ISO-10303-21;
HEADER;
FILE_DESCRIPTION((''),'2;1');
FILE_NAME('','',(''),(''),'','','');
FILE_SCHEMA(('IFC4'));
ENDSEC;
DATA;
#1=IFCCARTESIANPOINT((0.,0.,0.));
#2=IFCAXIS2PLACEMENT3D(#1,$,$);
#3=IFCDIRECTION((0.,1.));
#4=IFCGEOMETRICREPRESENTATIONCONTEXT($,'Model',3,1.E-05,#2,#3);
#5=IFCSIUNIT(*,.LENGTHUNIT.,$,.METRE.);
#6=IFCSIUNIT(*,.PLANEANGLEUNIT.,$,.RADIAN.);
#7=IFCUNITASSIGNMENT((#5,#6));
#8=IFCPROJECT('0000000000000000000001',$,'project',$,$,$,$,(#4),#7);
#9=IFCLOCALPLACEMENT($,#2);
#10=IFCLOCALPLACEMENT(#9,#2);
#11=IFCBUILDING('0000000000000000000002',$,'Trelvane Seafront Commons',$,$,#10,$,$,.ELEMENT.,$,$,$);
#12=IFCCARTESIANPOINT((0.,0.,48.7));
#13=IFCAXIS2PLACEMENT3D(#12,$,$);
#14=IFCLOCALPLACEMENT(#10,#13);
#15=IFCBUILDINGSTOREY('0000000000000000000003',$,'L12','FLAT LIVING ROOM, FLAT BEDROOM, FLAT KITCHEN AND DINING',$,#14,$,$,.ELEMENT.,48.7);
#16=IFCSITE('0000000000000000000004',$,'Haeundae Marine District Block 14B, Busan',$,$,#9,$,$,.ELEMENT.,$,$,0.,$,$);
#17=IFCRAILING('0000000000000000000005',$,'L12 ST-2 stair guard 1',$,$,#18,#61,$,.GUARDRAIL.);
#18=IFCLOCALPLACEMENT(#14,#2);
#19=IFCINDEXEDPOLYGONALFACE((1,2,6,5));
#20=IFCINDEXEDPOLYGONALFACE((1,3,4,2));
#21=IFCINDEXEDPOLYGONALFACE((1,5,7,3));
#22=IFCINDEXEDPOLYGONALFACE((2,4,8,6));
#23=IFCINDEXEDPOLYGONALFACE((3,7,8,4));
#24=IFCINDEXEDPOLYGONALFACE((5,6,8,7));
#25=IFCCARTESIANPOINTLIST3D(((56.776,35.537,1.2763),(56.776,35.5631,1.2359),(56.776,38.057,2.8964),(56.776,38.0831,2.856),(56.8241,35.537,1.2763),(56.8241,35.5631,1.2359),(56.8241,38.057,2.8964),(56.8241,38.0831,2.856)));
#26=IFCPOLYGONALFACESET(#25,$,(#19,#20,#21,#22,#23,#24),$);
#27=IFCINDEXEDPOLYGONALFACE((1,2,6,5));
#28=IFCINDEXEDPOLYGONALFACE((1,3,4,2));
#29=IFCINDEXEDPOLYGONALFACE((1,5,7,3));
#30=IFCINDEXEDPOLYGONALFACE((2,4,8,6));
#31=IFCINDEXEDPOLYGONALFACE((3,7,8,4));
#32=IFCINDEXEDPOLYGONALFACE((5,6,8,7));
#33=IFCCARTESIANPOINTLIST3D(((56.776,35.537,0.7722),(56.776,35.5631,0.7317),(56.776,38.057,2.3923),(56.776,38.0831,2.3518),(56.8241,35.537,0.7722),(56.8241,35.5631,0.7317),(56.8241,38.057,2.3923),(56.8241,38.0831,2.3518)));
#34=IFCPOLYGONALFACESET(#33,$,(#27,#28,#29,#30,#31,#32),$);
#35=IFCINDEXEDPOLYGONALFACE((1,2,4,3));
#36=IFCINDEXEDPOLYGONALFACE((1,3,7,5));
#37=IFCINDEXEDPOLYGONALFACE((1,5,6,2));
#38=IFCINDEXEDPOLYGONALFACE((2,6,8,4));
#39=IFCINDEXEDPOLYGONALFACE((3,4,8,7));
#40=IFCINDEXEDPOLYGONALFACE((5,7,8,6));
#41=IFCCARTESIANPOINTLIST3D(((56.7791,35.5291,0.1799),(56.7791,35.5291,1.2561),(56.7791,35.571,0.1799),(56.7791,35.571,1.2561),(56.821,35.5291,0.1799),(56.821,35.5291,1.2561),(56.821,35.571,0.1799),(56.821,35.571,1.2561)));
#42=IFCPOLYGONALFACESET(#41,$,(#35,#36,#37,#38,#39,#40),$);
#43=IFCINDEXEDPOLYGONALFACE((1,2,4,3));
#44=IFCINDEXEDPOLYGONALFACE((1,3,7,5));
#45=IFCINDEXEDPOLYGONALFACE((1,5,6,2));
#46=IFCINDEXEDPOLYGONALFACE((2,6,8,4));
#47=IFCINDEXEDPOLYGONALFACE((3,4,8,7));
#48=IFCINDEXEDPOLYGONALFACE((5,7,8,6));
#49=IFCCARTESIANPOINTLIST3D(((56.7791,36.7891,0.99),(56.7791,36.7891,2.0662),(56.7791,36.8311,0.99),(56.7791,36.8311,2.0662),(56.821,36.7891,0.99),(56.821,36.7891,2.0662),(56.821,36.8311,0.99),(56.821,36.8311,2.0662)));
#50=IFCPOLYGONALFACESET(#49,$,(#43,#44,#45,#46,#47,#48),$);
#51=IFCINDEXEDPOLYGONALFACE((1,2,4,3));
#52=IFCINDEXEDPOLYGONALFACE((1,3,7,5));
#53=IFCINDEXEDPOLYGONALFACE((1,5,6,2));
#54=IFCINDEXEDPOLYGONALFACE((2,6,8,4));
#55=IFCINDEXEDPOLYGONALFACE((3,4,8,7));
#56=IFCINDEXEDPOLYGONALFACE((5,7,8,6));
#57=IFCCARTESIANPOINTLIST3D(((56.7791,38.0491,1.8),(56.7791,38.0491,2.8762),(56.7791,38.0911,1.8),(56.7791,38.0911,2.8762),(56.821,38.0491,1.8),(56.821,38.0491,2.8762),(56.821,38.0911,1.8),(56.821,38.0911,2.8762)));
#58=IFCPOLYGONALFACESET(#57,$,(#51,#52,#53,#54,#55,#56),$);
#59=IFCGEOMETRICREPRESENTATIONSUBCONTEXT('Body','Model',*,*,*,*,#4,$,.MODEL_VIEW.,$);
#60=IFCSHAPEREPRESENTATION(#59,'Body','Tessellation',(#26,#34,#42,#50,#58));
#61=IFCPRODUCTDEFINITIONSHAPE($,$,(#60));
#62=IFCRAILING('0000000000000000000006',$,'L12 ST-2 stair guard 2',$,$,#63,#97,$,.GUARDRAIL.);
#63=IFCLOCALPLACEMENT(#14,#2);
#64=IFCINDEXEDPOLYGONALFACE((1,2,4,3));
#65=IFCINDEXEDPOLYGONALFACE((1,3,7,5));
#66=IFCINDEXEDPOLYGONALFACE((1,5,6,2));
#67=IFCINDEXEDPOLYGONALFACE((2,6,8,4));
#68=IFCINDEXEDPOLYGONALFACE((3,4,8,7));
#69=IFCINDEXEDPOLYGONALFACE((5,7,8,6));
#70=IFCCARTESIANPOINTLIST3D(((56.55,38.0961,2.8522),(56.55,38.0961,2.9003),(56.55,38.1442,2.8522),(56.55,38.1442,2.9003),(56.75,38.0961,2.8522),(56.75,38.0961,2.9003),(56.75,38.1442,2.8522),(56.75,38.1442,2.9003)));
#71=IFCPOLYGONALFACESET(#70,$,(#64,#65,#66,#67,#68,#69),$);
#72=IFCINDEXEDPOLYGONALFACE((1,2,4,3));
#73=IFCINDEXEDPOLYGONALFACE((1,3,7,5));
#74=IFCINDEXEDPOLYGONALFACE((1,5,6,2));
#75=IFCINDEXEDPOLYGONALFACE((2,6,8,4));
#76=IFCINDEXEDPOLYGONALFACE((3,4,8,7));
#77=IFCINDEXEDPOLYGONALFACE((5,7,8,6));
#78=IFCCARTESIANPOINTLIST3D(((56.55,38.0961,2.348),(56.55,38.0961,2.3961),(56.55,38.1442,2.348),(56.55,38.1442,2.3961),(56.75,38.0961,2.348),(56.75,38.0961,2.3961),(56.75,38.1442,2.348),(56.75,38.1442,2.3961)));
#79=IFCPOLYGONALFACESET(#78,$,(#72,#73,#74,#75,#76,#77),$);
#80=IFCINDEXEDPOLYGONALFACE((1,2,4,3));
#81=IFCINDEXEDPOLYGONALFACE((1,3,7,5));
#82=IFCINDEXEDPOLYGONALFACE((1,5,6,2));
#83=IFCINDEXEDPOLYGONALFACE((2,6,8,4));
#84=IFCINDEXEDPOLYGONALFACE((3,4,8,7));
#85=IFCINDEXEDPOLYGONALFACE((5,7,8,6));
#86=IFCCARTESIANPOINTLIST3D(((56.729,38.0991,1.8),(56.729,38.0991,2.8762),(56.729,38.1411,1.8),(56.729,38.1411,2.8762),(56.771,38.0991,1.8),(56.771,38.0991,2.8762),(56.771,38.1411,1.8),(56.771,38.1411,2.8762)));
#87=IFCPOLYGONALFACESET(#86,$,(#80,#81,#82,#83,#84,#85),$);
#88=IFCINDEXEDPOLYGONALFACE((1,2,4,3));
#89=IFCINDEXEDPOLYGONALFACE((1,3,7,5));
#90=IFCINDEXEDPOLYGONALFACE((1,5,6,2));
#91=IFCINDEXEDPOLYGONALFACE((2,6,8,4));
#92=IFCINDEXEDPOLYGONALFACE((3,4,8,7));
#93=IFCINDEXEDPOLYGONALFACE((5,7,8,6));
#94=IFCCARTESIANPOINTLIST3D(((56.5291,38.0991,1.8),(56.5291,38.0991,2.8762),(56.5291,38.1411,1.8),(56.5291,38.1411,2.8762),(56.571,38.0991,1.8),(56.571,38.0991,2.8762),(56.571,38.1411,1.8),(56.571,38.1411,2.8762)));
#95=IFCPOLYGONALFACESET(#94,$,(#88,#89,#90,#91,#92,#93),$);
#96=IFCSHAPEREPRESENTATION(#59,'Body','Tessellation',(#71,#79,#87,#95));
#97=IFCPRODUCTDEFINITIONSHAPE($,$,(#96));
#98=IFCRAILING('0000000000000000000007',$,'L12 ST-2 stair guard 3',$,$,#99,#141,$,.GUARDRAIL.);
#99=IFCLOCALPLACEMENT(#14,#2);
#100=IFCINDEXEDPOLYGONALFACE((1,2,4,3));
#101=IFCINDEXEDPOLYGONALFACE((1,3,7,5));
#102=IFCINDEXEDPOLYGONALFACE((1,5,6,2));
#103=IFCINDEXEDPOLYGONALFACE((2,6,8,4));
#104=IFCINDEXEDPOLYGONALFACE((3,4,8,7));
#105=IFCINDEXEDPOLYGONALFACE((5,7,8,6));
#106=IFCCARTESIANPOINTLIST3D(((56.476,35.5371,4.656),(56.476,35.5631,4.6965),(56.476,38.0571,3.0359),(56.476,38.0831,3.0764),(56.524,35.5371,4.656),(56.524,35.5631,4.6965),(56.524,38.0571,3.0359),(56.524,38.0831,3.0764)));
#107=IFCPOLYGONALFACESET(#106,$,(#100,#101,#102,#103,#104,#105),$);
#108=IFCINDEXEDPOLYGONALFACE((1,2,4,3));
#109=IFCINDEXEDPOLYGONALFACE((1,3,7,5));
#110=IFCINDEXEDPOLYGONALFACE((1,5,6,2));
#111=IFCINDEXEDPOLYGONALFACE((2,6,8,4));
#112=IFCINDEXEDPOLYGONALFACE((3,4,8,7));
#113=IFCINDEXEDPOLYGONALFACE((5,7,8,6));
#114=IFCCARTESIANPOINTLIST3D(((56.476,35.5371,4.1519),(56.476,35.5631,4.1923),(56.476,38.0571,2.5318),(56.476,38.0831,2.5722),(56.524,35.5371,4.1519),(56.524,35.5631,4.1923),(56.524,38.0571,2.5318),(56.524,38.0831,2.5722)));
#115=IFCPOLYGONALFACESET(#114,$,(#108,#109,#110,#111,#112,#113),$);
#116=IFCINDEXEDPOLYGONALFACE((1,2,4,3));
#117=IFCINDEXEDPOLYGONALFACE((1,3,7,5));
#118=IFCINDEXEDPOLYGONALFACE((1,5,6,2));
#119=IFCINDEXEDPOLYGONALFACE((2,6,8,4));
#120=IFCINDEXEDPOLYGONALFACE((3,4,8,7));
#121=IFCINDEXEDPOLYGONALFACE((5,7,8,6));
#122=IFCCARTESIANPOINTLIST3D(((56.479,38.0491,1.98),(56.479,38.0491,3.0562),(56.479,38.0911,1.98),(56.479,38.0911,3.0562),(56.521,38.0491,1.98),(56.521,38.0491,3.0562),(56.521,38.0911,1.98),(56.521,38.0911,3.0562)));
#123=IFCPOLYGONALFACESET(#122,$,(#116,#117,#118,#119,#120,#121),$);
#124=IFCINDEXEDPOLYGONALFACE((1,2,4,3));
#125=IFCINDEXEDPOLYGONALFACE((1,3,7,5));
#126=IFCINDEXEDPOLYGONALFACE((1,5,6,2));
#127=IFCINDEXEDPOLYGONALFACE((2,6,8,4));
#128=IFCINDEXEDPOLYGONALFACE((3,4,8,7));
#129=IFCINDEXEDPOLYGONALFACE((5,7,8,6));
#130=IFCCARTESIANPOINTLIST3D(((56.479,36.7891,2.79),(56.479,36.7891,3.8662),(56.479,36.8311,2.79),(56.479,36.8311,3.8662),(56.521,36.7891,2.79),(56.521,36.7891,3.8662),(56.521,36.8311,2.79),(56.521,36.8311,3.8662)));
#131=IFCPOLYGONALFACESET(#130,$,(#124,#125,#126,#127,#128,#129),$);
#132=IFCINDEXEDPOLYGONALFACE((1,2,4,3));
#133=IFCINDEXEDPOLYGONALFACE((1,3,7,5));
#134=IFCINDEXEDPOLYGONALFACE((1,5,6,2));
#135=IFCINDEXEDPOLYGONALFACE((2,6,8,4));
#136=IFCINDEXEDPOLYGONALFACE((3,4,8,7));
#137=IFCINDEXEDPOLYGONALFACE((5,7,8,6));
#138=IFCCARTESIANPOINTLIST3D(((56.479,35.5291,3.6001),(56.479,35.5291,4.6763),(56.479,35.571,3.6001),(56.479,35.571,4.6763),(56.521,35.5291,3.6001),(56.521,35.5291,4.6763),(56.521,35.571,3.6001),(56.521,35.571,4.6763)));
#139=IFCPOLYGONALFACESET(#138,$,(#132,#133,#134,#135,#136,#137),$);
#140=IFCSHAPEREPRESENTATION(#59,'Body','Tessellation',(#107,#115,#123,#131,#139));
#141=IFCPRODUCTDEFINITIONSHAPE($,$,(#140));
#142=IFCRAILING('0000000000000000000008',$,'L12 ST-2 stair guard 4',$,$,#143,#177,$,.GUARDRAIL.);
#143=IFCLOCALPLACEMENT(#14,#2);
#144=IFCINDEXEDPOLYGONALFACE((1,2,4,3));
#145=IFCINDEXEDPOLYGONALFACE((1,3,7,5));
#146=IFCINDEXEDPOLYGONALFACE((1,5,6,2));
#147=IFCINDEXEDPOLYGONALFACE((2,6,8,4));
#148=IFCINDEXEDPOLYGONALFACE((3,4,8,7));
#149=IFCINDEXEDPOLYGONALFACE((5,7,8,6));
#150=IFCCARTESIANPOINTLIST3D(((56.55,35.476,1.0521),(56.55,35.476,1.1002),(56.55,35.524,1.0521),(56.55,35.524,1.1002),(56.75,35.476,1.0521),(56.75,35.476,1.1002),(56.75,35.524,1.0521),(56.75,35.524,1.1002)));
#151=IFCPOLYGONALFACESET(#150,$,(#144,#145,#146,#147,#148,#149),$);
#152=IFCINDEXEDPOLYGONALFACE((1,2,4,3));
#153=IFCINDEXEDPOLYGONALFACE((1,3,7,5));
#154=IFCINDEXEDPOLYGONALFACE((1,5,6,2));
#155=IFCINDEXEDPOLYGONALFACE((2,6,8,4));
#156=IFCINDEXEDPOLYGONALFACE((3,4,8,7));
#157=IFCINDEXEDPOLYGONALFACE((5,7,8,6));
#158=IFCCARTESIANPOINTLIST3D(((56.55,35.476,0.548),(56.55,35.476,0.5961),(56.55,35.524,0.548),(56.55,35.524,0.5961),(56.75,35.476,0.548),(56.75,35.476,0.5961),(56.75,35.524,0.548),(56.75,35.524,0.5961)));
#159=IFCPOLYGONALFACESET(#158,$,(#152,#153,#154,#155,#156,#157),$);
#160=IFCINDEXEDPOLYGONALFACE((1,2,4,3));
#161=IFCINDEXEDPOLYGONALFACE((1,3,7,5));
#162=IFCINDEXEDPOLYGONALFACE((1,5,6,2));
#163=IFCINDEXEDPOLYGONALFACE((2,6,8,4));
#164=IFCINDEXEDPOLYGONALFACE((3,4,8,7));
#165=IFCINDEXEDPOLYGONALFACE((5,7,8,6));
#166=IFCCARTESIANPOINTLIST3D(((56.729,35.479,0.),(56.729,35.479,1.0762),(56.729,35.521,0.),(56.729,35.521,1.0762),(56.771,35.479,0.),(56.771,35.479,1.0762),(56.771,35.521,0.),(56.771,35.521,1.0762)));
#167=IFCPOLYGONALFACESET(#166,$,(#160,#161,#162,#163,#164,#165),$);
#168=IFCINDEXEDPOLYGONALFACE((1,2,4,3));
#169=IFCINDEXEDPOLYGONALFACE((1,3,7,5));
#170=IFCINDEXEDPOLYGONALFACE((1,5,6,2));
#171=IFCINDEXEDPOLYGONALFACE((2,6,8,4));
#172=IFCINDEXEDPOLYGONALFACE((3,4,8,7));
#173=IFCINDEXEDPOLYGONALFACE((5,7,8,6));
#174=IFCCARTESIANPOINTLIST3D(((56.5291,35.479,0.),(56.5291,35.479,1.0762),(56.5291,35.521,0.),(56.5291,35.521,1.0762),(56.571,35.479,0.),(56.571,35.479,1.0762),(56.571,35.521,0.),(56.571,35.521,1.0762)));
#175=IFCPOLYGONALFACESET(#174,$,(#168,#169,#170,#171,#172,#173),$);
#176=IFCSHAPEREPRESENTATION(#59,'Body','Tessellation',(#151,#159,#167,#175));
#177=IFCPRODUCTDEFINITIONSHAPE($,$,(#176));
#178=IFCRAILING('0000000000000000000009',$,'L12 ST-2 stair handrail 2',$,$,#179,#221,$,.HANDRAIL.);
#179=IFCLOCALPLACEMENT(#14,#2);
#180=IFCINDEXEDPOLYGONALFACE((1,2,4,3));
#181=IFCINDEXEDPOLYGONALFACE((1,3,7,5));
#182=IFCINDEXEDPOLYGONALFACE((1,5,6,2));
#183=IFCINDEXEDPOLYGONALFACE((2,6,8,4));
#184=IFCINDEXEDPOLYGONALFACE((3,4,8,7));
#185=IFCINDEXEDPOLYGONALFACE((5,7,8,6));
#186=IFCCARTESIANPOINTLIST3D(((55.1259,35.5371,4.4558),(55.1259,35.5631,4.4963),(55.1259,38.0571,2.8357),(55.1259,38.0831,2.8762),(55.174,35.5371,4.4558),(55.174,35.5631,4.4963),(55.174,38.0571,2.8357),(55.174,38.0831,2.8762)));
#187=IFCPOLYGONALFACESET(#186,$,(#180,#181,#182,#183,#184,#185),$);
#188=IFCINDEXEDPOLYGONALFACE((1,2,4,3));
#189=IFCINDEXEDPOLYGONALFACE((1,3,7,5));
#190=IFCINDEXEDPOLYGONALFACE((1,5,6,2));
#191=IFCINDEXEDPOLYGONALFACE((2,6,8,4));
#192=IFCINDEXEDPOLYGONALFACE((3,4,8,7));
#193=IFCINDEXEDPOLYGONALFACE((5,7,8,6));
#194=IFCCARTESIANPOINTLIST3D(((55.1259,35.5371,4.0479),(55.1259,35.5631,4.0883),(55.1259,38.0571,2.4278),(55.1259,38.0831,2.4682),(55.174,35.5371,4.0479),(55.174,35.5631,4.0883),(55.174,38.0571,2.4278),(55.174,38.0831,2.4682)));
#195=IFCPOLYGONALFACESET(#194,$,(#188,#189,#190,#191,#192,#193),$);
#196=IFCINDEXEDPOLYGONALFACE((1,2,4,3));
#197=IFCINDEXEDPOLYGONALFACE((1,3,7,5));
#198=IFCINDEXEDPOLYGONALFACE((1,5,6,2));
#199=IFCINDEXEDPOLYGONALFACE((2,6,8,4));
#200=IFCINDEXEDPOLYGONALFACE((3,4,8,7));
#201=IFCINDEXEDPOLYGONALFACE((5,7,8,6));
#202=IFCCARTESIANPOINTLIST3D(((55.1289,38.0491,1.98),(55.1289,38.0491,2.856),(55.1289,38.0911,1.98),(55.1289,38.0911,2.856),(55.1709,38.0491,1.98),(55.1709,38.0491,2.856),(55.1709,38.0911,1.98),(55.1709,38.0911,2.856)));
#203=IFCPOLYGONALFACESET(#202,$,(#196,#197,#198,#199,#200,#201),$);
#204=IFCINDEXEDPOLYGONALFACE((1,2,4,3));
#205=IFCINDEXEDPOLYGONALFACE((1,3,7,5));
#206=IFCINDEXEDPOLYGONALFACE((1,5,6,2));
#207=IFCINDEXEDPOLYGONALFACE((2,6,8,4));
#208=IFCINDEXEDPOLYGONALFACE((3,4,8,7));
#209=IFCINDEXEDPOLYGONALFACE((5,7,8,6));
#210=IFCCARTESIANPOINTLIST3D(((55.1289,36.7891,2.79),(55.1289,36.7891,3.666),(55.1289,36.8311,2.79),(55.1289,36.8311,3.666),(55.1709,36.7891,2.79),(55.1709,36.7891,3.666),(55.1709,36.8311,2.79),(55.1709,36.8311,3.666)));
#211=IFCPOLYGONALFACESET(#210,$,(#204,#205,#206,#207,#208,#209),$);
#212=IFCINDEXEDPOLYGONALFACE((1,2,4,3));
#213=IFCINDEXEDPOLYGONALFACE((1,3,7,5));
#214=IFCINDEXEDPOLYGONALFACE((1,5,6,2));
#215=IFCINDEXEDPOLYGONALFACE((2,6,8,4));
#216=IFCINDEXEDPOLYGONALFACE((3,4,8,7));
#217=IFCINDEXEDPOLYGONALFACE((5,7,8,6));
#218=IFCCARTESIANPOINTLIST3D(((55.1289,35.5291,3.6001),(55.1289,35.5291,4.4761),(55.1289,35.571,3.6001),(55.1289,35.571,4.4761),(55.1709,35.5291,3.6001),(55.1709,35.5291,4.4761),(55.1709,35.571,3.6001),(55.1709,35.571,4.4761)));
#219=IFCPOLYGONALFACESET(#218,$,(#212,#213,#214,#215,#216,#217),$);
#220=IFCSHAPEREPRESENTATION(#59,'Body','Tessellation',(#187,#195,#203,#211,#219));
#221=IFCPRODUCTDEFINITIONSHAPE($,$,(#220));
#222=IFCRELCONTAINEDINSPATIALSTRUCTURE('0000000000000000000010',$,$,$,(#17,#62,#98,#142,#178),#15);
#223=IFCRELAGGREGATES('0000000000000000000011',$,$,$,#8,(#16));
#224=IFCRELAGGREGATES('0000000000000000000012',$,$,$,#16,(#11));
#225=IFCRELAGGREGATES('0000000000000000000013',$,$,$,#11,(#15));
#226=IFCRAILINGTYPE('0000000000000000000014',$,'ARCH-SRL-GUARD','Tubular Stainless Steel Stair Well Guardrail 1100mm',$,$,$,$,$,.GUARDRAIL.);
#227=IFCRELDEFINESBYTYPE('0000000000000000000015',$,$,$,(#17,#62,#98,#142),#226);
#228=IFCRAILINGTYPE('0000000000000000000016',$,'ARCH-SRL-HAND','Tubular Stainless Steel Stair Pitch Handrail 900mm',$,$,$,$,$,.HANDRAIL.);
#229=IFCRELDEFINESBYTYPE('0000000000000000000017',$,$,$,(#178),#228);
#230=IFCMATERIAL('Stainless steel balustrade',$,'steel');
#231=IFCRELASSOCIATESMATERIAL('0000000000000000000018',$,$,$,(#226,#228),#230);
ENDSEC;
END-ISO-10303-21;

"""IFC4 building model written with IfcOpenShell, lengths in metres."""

from ifc_helpers import new_model, si_unit, direction, frame, origin, origin_2d, place, context, subcontext, project, spatial, rectangle, extrude, material, type_object, element, save


model = new_model("IFC4")

# Units and contexts
model_context = context("Model", 3, precision=1e-05, world=origin(), true_north=direction((0.0, 1.0)))
body_context = subcontext(model_context, "Body", "Model", "MODEL_VIEW")
ifc_project = project(units=[si_unit("LENGTHUNIT", "METRE"), si_unit("PLANEANGLEUNIT", "RADIAN")], contexts=[model_context])

# Site, building, storey
site_placement = place(None, origin())
site = spatial("IfcSite", under=ifc_project, at=site_placement, Name="Haeundae Marine District Block 14B, Busan", CompositionType="ELEMENT", RefElevation=0.0)
building_placement = place(site_placement, origin())
building = spatial("IfcBuilding", under=site, at=building_placement, Name="Trelvane Seafront Commons", CompositionType="ELEMENT")
storey_placement = place(building_placement, frame((0.0, 0.0, 48.7)))
storey = spatial("IfcBuildingStorey", under=building, at=storey_placement, Name="L12", Description="FLAT LIVING ROOM, FLAT BEDROOM, FLAT KITCHEN AND DINING", CompositionType="ELEMENT", Elevation=48.7)

# Railings
ifc_material_1 = material(Name="Stainless steel balustrade", Category="steel")
railing_type_1 = type_object("IfcRailingType", Name="ARCH-SRL-GUARD", Description="Tubular Stainless Steel Stair Well Guardrail 1100mm", PredefinedType="GUARDRAIL", material=ifc_material_1)
railing_1_placement = place(storey_placement, frame((56.8, 35.55, 0.1799)))
element("IfcRailing", 1, at=railing_1_placement, inside=storey, type_object=railing_type_1, Name="L12 ST-2 stair guard 1", PredefinedType="GUARDRAIL", context=body_context, shape_type="SweptSolid", body=[
    extrude(rectangle(XDim=0.0481, YDim=0.0481, at=origin_2d()), frame((0.0, 0.0, 1.0762), z_axis=(0.0, 0.841163, 0.540782), x_axis=(-1.0, 0.0, 0.0)), (0.0, 0.0, 1.0), 2.9958),
    extrude(rectangle(XDim=0.0481, YDim=0.0481, at=origin_2d()), frame((0.0, 0.0, 0.572), z_axis=(0.0, 0.841163, 0.540782), x_axis=(-1.0, 0.0, 0.0)), (0.0, 0.0, 1.0), 2.9958),
    extrude(rectangle(XDim=0.042, YDim=0.042, at=origin_2d()), origin(), (0.0, 0.0, 1.0), 1.0762),
    extrude(rectangle(XDim=0.042, YDim=0.042, at=origin_2d()), frame((0.0, 1.26, 0.8101)), (0.0, 0.0, 1.0), 1.0762),
    extrude(rectangle(XDim=0.042, YDim=0.042, at=origin_2d()), frame((0.0, 2.52, 1.6201)), (0.0, 0.0, 1.0), 1.0762),
])
railing_2_placement = place(storey_placement, frame((56.75, 38.1201, 1.8)))
element("IfcRailing", 2, at=railing_2_placement, inside=storey, type_object=railing_type_1, Name="L12 ST-2 stair guard 2", PredefinedType="GUARDRAIL", context=body_context, shape_type="SweptSolid", body=[
    extrude(rectangle(XDim=0.0481, YDim=0.0481, at=origin_2d()), frame((0.0, 0.0, 1.0762), z_axis=(-1.0, 0.0, 0.0), x_axis=(0.0, -1.0, 0.0)), (0.0, 0.0, 1.0), 0.2),
    extrude(rectangle(XDim=0.0481, YDim=0.0481, at=origin_2d()), frame((0.0, 0.0, 0.572), z_axis=(-1.0, 0.0, 0.0), x_axis=(0.0, -1.0, 0.0)), (0.0, 0.0, 1.0), 0.2),
    extrude(rectangle(XDim=0.042, YDim=0.042, at=origin_2d()), origin(), (0.0, 0.0, 1.0), 1.0762),
    extrude(rectangle(XDim=0.042, YDim=0.042, at=origin_2d()), frame((-0.2, 0.0, 0.0)), (0.0, 0.0, 1.0), 1.0762),
])
railing_3_placement = place(storey_placement, frame((56.5, 38.0701, 1.98)))
element("IfcRailing", 3, at=railing_3_placement, inside=storey, type_object=railing_type_1, Name="L12 ST-2 stair guard 3", PredefinedType="GUARDRAIL", context=body_context, shape_type="SweptSolid", body=[
    extrude(rectangle(XDim=0.0481, YDim=0.0481, at=origin_2d()), frame((0.0, 0.0, 1.0762), z_axis=(0.0, -0.841163, 0.540782), x_axis=(1.0, 0.0, 0.0)), (0.0, 0.0, 1.0), 2.9958),
    extrude(rectangle(XDim=0.0481, YDim=0.0481, at=origin_2d()), frame((0.0, 0.0, 0.572), z_axis=(0.0, -0.841163, 0.540782), x_axis=(1.0, 0.0, 0.0)), (0.0, 0.0, 1.0), 2.9958),
    extrude(rectangle(XDim=0.042, YDim=0.042, at=origin_2d()), origin(), (0.0, 0.0, 1.0), 1.0762),
    extrude(rectangle(XDim=0.042, YDim=0.042, at=origin_2d()), frame((0.0, -1.26, 0.8101)), (0.0, 0.0, 1.0), 1.0762),
    extrude(rectangle(XDim=0.042, YDim=0.042, at=origin_2d()), frame((0.0, -2.52, 1.6201)), (0.0, 0.0, 1.0), 1.0762),
])
railing_4_placement = place(storey_placement, frame((56.75, 35.5, 0.0)))
element("IfcRailing", 4, at=railing_4_placement, inside=storey, type_object=railing_type_1, Name="L12 ST-2 stair guard 4", PredefinedType="GUARDRAIL", context=body_context, shape_type="SweptSolid", body=[
    extrude(rectangle(XDim=0.0481, YDim=0.0481, at=origin_2d()), frame((0.0, 0.0, 1.0762), z_axis=(-1.0, 0.0, 0.0), x_axis=(0.0, -1.0, 0.0)), (0.0, 0.0, 1.0), 0.2),
    extrude(rectangle(XDim=0.0481, YDim=0.0481, at=origin_2d()), frame((0.0, 0.0, 0.572), z_axis=(-1.0, 0.0, 0.0), x_axis=(0.0, -1.0, 0.0)), (0.0, 0.0, 1.0), 0.2),
    extrude(rectangle(XDim=0.042, YDim=0.042, at=origin_2d()), origin(), (0.0, 0.0, 1.0), 1.0762),
    extrude(rectangle(XDim=0.042, YDim=0.042, at=origin_2d()), frame((-0.2, 0.0, 0.0)), (0.0, 0.0, 1.0), 1.0762),
])
railing_type_2 = type_object("IfcRailingType", Name="ARCH-SRL-HAND", Description="Tubular Stainless Steel Stair Pitch Handrail 900mm", PredefinedType="HANDRAIL", material=ifc_material_1)
railing_5_placement = place(storey_placement, frame((55.1499, 38.0701, 1.98)))
element("IfcRailing", 5, at=railing_5_placement, inside=storey, type_object=railing_type_2, Name="L12 ST-2 stair handrail 2", PredefinedType="HANDRAIL", context=body_context, shape_type="SweptSolid", body=[
    extrude(rectangle(XDim=0.0481, YDim=0.0481, at=origin_2d()), frame((0.0, 0.0, 0.876), z_axis=(0.0, -0.841163, 0.540782), x_axis=(1.0, 0.0, 0.0)), (0.0, 0.0, 1.0), 2.9958),
    extrude(rectangle(XDim=0.0481, YDim=0.0481, at=origin_2d()), frame((0.0, 0.0, 0.468), z_axis=(0.0, -0.841163, 0.540782), x_axis=(1.0, 0.0, 0.0)), (0.0, 0.0, 1.0), 2.9958),
    extrude(rectangle(XDim=0.042, YDim=0.042, at=origin_2d()), origin(), (0.0, 0.0, 1.0), 0.876),
    extrude(rectangle(XDim=0.042, YDim=0.042, at=origin_2d()), frame((0.0, -1.26, 0.8101)), (0.0, 0.0, 1.0), 0.876),
    extrude(rectangle(XDim=0.042, YDim=0.042, at=origin_2d()), frame((0.0, -2.52, 1.6201)), (0.0, 0.0, 1.0), 0.876),
])

save(model, "model.ifc")
